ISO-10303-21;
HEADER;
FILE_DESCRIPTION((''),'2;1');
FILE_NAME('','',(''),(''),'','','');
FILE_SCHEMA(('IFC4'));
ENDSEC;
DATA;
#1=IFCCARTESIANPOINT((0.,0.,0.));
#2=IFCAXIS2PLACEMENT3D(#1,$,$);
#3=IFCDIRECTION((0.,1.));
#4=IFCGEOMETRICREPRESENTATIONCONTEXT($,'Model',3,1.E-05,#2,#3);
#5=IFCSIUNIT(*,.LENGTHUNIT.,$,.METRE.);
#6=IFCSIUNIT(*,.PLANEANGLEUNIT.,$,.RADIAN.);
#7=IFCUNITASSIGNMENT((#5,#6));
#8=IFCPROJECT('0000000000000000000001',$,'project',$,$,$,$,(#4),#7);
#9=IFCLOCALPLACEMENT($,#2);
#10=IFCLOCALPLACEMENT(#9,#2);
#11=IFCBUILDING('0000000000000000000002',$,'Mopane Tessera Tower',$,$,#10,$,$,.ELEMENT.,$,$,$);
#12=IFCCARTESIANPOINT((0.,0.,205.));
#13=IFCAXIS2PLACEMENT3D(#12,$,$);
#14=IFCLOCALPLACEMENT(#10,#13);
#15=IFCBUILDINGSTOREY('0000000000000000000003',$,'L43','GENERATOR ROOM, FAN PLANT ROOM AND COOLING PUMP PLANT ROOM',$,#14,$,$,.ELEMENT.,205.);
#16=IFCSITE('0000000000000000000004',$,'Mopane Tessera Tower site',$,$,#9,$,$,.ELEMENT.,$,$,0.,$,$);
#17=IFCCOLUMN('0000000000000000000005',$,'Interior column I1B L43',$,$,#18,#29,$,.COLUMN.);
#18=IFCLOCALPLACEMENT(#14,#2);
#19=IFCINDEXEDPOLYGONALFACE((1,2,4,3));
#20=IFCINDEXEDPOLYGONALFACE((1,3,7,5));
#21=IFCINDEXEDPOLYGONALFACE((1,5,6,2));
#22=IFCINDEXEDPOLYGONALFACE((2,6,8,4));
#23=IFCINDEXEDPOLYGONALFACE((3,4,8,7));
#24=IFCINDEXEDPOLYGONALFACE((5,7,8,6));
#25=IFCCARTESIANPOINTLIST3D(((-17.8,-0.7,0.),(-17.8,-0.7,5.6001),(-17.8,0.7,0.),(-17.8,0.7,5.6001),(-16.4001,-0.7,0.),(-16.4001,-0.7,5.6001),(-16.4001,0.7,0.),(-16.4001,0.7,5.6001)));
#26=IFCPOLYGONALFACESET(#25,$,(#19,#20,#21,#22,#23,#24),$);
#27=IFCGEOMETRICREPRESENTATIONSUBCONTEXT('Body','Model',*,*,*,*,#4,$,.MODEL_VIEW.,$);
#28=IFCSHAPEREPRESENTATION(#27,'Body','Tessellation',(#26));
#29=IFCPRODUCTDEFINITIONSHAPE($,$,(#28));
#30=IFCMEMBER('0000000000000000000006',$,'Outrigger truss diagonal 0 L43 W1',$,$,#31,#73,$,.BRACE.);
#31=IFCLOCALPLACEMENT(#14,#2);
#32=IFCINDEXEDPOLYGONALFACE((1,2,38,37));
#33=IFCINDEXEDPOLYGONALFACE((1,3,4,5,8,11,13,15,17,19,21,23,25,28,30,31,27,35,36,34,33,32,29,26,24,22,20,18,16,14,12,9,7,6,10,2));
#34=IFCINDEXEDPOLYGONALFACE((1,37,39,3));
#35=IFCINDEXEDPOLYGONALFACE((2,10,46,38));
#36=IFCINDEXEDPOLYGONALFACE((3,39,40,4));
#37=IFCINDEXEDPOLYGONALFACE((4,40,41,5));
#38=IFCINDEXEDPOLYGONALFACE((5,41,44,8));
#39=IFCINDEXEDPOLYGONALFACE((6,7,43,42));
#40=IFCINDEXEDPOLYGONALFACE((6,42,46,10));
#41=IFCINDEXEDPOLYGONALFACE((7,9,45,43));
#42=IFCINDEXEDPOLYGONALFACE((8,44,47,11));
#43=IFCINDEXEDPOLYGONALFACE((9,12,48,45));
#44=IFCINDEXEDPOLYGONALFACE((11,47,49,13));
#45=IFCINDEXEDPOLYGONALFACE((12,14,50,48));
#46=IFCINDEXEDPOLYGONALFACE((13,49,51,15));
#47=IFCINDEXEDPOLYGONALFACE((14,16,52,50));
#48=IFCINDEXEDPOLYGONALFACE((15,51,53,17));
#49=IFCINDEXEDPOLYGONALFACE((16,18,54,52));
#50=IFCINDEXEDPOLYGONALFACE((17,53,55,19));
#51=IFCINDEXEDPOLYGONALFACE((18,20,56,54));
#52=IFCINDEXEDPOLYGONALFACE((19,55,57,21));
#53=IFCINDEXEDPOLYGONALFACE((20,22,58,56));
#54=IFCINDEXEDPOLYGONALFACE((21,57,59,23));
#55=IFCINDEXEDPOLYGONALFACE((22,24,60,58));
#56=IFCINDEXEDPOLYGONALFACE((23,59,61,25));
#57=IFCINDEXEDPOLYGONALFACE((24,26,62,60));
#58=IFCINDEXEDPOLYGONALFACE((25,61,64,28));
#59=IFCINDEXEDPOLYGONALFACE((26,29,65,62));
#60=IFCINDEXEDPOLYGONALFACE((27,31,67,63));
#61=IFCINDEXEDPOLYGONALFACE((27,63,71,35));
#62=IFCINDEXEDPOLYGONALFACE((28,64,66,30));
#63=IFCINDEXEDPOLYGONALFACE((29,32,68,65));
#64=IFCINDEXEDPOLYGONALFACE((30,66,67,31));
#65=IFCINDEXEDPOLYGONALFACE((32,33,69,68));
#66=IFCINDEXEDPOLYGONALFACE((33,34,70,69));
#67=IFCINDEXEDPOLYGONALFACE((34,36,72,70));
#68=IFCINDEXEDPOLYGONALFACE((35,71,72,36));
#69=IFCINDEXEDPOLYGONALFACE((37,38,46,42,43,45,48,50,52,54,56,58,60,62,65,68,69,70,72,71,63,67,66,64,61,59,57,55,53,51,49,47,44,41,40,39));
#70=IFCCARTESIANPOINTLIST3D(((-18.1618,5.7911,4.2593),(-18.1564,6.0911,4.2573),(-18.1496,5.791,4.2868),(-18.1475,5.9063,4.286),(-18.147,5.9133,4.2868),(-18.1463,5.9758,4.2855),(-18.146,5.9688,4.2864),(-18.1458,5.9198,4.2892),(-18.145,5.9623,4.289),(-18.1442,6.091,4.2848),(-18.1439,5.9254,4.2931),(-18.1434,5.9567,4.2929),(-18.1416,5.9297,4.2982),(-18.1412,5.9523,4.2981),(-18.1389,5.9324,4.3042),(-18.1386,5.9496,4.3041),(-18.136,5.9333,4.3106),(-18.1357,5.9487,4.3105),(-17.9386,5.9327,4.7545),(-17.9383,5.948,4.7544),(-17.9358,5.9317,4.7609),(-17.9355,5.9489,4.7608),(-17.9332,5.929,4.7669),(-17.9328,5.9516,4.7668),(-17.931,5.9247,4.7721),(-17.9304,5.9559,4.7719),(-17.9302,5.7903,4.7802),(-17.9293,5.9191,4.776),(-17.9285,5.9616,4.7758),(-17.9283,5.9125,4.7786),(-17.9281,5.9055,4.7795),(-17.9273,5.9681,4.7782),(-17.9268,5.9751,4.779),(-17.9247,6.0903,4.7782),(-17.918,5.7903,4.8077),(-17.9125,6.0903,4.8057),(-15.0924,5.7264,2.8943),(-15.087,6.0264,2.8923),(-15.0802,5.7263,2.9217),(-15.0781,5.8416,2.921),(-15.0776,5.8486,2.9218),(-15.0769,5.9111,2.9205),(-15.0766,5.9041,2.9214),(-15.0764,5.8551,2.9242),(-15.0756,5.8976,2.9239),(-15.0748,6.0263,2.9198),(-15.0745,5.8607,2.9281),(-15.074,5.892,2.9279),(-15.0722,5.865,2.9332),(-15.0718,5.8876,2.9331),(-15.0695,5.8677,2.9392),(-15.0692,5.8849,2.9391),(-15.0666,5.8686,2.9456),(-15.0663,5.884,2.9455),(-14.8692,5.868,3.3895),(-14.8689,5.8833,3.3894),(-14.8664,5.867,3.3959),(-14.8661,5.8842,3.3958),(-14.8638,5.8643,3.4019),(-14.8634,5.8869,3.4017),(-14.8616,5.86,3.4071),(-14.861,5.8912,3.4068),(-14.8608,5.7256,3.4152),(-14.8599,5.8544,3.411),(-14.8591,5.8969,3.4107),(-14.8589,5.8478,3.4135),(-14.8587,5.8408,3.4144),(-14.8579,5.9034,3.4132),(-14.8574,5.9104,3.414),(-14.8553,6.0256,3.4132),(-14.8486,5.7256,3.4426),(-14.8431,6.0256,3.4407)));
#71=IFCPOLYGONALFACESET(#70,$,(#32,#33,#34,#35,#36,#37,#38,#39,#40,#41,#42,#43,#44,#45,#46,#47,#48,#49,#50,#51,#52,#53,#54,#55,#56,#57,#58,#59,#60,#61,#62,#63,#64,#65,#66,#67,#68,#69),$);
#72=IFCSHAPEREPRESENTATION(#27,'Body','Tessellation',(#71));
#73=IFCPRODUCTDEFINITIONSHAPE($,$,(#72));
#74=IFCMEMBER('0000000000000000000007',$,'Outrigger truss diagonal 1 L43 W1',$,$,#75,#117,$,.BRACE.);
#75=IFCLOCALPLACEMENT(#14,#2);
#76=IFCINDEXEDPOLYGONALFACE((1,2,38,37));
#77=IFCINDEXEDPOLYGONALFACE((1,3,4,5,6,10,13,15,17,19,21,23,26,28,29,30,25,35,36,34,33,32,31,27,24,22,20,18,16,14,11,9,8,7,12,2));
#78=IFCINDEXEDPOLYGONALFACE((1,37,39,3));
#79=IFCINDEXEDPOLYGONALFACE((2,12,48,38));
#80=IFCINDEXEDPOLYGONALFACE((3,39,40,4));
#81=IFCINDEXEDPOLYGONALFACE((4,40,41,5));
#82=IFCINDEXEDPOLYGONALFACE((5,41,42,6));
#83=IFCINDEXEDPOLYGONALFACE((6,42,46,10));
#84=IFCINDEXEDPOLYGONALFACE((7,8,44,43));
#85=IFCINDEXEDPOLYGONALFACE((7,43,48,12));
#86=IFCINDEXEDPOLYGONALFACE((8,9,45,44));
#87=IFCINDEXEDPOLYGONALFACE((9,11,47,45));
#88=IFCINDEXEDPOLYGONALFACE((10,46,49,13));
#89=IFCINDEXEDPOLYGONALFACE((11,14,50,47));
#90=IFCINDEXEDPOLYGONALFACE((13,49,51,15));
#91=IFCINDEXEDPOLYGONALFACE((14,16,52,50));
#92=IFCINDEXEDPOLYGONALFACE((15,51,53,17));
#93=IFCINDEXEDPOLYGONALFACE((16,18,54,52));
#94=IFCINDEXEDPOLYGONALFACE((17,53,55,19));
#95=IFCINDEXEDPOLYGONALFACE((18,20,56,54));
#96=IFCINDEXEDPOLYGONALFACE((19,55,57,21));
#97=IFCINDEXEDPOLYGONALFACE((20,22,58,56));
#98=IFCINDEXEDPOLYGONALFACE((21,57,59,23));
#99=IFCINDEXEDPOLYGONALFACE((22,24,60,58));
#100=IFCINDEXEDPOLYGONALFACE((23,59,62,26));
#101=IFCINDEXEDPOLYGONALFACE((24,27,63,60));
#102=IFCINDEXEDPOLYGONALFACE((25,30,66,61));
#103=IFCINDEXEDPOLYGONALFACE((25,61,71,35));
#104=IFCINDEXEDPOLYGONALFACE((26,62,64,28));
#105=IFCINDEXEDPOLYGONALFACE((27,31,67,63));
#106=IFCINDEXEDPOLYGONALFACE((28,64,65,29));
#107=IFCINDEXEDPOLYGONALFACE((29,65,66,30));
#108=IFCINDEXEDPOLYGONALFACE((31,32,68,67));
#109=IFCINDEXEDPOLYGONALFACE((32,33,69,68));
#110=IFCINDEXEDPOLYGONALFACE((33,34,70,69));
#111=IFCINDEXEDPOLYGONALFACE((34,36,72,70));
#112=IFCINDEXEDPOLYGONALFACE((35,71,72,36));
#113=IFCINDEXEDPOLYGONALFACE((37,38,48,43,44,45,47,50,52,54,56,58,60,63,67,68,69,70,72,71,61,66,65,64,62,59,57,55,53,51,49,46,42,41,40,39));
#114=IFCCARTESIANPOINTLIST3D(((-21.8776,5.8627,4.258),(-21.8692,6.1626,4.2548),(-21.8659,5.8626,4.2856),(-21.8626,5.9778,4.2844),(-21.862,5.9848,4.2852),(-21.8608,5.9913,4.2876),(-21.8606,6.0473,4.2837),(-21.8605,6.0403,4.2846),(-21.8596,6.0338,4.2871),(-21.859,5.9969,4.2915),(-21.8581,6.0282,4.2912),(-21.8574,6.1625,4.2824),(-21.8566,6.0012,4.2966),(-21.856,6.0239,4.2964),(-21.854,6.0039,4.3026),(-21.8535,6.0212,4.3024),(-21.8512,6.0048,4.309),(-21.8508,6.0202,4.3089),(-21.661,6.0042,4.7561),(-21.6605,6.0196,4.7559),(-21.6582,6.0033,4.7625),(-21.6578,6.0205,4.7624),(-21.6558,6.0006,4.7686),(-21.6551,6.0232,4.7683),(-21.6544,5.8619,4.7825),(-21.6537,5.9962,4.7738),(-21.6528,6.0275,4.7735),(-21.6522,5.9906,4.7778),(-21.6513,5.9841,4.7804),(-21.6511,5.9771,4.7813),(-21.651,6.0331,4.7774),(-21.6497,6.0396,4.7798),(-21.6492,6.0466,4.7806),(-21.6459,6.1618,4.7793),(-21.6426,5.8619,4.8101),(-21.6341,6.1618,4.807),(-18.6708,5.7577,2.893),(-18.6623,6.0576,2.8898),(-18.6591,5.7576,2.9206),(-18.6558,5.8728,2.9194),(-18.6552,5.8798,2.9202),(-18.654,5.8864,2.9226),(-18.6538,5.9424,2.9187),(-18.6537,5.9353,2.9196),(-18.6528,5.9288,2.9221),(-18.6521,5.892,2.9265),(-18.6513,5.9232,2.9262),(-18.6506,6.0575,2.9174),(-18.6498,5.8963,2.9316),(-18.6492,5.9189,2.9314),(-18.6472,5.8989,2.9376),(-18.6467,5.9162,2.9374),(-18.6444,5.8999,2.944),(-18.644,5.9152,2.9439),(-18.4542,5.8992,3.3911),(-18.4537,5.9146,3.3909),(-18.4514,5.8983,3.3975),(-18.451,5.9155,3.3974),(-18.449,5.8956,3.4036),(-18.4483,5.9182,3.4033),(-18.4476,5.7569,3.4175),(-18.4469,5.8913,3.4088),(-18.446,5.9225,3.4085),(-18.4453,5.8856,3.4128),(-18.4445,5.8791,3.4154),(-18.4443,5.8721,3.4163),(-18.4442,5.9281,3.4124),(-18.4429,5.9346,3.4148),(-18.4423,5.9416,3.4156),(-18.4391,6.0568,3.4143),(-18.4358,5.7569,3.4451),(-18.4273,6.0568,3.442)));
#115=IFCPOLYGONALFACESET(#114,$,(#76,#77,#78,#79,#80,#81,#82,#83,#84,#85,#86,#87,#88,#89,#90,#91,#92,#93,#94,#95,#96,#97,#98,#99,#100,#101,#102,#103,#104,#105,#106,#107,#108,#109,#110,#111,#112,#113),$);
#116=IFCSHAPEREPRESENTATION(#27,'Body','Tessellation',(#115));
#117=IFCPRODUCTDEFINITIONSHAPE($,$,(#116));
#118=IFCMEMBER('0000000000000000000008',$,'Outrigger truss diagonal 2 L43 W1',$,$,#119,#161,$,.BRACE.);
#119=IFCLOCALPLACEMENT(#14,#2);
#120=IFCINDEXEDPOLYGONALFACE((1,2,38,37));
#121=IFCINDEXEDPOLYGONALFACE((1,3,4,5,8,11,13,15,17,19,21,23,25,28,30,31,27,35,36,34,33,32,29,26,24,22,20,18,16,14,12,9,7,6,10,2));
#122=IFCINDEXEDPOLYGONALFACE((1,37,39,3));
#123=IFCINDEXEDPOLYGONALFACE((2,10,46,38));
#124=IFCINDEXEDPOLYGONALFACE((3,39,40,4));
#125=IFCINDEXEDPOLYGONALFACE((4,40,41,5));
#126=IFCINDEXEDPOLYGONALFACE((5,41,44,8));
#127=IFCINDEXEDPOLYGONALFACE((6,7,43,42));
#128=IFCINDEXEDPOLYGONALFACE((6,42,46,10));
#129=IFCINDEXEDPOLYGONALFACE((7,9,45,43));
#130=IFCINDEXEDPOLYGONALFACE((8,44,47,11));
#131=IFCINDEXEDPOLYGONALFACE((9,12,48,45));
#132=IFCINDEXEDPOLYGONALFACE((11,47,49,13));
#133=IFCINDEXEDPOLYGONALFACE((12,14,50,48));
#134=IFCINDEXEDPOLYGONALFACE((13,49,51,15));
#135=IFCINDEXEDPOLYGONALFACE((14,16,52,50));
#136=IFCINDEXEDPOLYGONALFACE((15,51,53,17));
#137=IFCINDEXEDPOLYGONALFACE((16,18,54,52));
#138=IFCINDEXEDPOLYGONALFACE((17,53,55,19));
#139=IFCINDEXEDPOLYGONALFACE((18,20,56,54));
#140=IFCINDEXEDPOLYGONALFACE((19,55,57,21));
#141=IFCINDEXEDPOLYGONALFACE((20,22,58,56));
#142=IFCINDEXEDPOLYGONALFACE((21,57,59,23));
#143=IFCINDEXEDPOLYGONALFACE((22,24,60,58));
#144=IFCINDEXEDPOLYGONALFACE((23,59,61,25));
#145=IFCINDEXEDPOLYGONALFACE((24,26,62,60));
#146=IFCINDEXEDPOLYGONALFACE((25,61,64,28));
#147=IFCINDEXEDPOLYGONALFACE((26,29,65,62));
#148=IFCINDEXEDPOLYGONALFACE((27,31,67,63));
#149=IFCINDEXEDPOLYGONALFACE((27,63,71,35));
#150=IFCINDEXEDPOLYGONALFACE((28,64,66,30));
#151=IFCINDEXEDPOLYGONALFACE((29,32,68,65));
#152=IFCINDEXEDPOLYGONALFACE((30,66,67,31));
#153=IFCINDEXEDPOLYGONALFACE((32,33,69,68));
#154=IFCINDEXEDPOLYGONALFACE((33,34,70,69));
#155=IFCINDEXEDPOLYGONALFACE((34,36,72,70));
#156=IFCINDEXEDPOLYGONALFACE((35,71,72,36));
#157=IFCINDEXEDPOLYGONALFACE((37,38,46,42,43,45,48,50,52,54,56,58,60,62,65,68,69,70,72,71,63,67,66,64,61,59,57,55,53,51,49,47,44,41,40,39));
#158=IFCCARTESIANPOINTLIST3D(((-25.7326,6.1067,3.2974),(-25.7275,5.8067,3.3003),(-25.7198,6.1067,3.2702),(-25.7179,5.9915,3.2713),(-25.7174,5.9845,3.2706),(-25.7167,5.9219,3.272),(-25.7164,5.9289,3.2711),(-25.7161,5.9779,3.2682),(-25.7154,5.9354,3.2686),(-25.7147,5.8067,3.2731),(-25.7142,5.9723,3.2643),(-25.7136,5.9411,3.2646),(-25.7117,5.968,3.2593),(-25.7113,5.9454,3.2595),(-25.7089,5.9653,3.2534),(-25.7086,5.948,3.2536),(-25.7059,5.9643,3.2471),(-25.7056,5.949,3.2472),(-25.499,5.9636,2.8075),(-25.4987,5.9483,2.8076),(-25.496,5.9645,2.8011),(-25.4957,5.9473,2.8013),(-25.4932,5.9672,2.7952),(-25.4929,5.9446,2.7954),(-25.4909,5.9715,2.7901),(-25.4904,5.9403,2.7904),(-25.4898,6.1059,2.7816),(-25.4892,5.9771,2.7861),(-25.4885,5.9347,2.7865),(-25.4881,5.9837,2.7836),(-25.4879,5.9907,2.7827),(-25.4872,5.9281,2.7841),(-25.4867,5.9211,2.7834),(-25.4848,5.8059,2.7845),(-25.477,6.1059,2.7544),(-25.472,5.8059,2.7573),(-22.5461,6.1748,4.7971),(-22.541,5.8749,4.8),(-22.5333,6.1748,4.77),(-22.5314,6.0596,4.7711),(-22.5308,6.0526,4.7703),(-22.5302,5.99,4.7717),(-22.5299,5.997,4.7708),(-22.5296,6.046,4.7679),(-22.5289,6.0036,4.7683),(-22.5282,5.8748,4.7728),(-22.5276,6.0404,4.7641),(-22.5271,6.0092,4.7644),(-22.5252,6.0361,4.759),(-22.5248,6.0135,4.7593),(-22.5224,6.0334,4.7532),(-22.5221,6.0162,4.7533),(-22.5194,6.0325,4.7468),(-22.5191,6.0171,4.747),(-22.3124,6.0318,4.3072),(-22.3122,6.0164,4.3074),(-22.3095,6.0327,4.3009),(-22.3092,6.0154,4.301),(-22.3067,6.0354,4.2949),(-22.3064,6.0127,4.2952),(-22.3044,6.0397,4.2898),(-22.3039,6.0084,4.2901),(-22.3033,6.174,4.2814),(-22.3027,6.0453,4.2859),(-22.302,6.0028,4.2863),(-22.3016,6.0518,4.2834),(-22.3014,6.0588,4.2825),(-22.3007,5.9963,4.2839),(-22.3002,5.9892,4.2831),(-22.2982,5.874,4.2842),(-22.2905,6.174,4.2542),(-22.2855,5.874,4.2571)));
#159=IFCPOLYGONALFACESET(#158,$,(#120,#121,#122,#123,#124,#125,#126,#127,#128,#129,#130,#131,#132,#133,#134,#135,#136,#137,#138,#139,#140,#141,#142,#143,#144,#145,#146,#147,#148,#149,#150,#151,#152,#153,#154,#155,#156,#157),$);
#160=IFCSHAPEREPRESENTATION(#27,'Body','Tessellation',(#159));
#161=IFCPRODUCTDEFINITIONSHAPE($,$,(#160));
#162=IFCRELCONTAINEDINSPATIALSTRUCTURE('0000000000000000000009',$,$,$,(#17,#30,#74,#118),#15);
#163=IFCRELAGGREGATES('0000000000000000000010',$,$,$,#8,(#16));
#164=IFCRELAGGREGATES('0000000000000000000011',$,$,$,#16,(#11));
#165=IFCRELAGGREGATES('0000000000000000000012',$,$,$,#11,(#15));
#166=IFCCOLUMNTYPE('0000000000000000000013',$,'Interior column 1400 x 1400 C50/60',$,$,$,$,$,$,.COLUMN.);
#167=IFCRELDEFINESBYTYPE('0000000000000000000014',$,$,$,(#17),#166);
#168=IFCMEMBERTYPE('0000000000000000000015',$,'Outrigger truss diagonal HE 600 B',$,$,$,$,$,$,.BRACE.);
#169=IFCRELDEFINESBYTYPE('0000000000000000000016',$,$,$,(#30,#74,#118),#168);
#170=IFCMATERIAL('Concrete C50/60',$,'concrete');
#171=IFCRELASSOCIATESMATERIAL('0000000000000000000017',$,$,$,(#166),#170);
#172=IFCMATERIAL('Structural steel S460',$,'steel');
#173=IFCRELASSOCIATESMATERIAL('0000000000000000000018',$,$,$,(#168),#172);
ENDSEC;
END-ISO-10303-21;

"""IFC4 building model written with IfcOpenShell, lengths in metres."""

from ifc_helpers import new_model, si_unit, direction, frame, origin, origin_2d, place, context, subcontext, project, spatial, rectangle, i_section, extrude, material, material_profile, profile_set, type_object, element, save


model = new_model("IFC4")

# Units and contexts
model_context = context("Model", 3, precision=1e-05, world=origin(), true_north=direction((0.0, 1.0)))
body_context = subcontext(model_context, "Body", "Model", "MODEL_VIEW")
ifc_project = project(units=[si_unit("LENGTHUNIT", "METRE"), si_unit("PLANEANGLEUNIT", "RADIAN")], contexts=[model_context])

# Site, building, storey
site_placement = place(None, origin())
site = spatial("IfcSite", under=ifc_project, at=site_placement, Name="Mopane Tessera Tower site", CompositionType="ELEMENT", RefElevation=0.0)
building_placement = place(site_placement, origin())
building = spatial("IfcBuilding", under=site, at=building_placement, Name="Mopane Tessera Tower", CompositionType="ELEMENT")
storey_placement = place(building_placement, frame((0.0, 0.0, 205.0)))
storey = spatial("IfcBuildingStorey", under=building, at=storey_placement, Name="L43", Description="GENERATOR ROOM, FAN PLANT ROOM AND COOLING PUMP PLANT ROOM", CompositionType="ELEMENT", Elevation=205.0)

# Column
ifc_material_1 = material(Name="Concrete C50/60", Category="concrete")
ifc_material_profile_1 = material_profile(ifc_material_1, rectangle(XDim=1.3999, YDim=1.3999, at=origin_2d()))
ifc_profile_set_1 = profile_set([ifc_material_profile_1], Name="Concrete C50/60")
column_type = type_object("IfcColumnType", Name="Interior column 1400 x 1400 C50/60", PredefinedType="COLUMN", material=ifc_profile_set_1)
column_placement = place(storey_placement, frame((-17.1001, 0.0, 0.0), z_axis=(0.0, 0.0, 1.0), x_axis=(1.0, 0.0, 0.0)))
element("IfcColumn", 1, at=column_placement, inside=storey, type_object=column_type, Name="Interior column I1B L43", PredefinedType="COLUMN", context=body_context, shape_type="SweptSolid", body=[
    extrude(rectangle(XDim=1.3999, YDim=1.3999, at=origin_2d()), origin(), (0.0, 0.0, 1.0), 5.6001),
])

# Members
ifc_material_2 = material(Name="Structural steel S460", Category="steel")
ifc_material_profile_2 = material_profile(ifc_material_2, i_section(OverallWidth=0.3, OverallDepth=0.6001, WebThickness=0.0154, FlangeThickness=0.03, FilletRadius=0.0271, at=origin_2d()))
ifc_profile_set_2 = profile_set([ifc_material_profile_2], Name="Structural steel S460")
member_type_1 = type_object("IfcMemberType", Name="Outrigger truss diagonal HE 600 B", PredefinedType="BRACE", material=ifc_profile_set_2)
member_1_placement = place(storey_placement, frame((-14.9678, 5.876, 3.1675), z_axis=(-0.913549, 0.019256, 0.406272), x_axis=(-0.018146, -0.999814, 0.006586)))
element("IfcMember", 2, at=member_1_placement, inside=storey, type_object=member_type_1, Name="Outrigger truss diagonal 0 L43 W1", PredefinedType="BRACE", context=body_context, shape_type="SweptSolid", body=[
    extrude(i_section(OverallWidth=0.3, OverallDepth=0.6001, WebThickness=0.0154, FlangeThickness=0.03, FilletRadius=0.0271, at=origin_2d()), origin(), (0.0, 0.0, 1.0), 3.3599),
])
member_2_placement = place(storey_placement, frame((-18.5491, 5.9072, 3.1675), z_axis=(-0.919696, 0.030108, 0.391475), x_axis=(-0.028225, -0.999546, 0.010565)))
element("IfcMember", 3, at=member_2_placement, inside=storey, type_object=member_type_1, Name="Outrigger truss diagonal 1 L43 W1", PredefinedType="BRACE", context=body_context, shape_type="SweptSolid", body=[
    extrude(i_section(OverallWidth=0.3, OverallDepth=0.6001, WebThickness=0.0154, FlangeThickness=0.03, FilletRadius=0.0271, at=origin_2d()), origin(), (0.0, 0.0, 1.0), 3.4868),
])
member_3_placement = place(storey_placement, frame((-22.4158, 6.0244, 4.5271), z_axis=(-0.904626, -0.019337, -0.425767), x_axis=(0.016879, -0.999812, 0.009546)))
element("IfcMember", 4, at=member_3_placement, inside=storey, type_object=member_type_1, Name="Outrigger truss diagonal 2 L43 W1", PredefinedType="BRACE", context=body_context, shape_type="SweptSolid", body=[
    extrude(i_section(OverallWidth=0.3, OverallDepth=0.6001, WebThickness=0.0154, FlangeThickness=0.03, FilletRadius=0.0271, at=origin_2d()), origin(), (0.0, 0.0, 1.0), 3.5225),
])

save(model, "model.ifc")
